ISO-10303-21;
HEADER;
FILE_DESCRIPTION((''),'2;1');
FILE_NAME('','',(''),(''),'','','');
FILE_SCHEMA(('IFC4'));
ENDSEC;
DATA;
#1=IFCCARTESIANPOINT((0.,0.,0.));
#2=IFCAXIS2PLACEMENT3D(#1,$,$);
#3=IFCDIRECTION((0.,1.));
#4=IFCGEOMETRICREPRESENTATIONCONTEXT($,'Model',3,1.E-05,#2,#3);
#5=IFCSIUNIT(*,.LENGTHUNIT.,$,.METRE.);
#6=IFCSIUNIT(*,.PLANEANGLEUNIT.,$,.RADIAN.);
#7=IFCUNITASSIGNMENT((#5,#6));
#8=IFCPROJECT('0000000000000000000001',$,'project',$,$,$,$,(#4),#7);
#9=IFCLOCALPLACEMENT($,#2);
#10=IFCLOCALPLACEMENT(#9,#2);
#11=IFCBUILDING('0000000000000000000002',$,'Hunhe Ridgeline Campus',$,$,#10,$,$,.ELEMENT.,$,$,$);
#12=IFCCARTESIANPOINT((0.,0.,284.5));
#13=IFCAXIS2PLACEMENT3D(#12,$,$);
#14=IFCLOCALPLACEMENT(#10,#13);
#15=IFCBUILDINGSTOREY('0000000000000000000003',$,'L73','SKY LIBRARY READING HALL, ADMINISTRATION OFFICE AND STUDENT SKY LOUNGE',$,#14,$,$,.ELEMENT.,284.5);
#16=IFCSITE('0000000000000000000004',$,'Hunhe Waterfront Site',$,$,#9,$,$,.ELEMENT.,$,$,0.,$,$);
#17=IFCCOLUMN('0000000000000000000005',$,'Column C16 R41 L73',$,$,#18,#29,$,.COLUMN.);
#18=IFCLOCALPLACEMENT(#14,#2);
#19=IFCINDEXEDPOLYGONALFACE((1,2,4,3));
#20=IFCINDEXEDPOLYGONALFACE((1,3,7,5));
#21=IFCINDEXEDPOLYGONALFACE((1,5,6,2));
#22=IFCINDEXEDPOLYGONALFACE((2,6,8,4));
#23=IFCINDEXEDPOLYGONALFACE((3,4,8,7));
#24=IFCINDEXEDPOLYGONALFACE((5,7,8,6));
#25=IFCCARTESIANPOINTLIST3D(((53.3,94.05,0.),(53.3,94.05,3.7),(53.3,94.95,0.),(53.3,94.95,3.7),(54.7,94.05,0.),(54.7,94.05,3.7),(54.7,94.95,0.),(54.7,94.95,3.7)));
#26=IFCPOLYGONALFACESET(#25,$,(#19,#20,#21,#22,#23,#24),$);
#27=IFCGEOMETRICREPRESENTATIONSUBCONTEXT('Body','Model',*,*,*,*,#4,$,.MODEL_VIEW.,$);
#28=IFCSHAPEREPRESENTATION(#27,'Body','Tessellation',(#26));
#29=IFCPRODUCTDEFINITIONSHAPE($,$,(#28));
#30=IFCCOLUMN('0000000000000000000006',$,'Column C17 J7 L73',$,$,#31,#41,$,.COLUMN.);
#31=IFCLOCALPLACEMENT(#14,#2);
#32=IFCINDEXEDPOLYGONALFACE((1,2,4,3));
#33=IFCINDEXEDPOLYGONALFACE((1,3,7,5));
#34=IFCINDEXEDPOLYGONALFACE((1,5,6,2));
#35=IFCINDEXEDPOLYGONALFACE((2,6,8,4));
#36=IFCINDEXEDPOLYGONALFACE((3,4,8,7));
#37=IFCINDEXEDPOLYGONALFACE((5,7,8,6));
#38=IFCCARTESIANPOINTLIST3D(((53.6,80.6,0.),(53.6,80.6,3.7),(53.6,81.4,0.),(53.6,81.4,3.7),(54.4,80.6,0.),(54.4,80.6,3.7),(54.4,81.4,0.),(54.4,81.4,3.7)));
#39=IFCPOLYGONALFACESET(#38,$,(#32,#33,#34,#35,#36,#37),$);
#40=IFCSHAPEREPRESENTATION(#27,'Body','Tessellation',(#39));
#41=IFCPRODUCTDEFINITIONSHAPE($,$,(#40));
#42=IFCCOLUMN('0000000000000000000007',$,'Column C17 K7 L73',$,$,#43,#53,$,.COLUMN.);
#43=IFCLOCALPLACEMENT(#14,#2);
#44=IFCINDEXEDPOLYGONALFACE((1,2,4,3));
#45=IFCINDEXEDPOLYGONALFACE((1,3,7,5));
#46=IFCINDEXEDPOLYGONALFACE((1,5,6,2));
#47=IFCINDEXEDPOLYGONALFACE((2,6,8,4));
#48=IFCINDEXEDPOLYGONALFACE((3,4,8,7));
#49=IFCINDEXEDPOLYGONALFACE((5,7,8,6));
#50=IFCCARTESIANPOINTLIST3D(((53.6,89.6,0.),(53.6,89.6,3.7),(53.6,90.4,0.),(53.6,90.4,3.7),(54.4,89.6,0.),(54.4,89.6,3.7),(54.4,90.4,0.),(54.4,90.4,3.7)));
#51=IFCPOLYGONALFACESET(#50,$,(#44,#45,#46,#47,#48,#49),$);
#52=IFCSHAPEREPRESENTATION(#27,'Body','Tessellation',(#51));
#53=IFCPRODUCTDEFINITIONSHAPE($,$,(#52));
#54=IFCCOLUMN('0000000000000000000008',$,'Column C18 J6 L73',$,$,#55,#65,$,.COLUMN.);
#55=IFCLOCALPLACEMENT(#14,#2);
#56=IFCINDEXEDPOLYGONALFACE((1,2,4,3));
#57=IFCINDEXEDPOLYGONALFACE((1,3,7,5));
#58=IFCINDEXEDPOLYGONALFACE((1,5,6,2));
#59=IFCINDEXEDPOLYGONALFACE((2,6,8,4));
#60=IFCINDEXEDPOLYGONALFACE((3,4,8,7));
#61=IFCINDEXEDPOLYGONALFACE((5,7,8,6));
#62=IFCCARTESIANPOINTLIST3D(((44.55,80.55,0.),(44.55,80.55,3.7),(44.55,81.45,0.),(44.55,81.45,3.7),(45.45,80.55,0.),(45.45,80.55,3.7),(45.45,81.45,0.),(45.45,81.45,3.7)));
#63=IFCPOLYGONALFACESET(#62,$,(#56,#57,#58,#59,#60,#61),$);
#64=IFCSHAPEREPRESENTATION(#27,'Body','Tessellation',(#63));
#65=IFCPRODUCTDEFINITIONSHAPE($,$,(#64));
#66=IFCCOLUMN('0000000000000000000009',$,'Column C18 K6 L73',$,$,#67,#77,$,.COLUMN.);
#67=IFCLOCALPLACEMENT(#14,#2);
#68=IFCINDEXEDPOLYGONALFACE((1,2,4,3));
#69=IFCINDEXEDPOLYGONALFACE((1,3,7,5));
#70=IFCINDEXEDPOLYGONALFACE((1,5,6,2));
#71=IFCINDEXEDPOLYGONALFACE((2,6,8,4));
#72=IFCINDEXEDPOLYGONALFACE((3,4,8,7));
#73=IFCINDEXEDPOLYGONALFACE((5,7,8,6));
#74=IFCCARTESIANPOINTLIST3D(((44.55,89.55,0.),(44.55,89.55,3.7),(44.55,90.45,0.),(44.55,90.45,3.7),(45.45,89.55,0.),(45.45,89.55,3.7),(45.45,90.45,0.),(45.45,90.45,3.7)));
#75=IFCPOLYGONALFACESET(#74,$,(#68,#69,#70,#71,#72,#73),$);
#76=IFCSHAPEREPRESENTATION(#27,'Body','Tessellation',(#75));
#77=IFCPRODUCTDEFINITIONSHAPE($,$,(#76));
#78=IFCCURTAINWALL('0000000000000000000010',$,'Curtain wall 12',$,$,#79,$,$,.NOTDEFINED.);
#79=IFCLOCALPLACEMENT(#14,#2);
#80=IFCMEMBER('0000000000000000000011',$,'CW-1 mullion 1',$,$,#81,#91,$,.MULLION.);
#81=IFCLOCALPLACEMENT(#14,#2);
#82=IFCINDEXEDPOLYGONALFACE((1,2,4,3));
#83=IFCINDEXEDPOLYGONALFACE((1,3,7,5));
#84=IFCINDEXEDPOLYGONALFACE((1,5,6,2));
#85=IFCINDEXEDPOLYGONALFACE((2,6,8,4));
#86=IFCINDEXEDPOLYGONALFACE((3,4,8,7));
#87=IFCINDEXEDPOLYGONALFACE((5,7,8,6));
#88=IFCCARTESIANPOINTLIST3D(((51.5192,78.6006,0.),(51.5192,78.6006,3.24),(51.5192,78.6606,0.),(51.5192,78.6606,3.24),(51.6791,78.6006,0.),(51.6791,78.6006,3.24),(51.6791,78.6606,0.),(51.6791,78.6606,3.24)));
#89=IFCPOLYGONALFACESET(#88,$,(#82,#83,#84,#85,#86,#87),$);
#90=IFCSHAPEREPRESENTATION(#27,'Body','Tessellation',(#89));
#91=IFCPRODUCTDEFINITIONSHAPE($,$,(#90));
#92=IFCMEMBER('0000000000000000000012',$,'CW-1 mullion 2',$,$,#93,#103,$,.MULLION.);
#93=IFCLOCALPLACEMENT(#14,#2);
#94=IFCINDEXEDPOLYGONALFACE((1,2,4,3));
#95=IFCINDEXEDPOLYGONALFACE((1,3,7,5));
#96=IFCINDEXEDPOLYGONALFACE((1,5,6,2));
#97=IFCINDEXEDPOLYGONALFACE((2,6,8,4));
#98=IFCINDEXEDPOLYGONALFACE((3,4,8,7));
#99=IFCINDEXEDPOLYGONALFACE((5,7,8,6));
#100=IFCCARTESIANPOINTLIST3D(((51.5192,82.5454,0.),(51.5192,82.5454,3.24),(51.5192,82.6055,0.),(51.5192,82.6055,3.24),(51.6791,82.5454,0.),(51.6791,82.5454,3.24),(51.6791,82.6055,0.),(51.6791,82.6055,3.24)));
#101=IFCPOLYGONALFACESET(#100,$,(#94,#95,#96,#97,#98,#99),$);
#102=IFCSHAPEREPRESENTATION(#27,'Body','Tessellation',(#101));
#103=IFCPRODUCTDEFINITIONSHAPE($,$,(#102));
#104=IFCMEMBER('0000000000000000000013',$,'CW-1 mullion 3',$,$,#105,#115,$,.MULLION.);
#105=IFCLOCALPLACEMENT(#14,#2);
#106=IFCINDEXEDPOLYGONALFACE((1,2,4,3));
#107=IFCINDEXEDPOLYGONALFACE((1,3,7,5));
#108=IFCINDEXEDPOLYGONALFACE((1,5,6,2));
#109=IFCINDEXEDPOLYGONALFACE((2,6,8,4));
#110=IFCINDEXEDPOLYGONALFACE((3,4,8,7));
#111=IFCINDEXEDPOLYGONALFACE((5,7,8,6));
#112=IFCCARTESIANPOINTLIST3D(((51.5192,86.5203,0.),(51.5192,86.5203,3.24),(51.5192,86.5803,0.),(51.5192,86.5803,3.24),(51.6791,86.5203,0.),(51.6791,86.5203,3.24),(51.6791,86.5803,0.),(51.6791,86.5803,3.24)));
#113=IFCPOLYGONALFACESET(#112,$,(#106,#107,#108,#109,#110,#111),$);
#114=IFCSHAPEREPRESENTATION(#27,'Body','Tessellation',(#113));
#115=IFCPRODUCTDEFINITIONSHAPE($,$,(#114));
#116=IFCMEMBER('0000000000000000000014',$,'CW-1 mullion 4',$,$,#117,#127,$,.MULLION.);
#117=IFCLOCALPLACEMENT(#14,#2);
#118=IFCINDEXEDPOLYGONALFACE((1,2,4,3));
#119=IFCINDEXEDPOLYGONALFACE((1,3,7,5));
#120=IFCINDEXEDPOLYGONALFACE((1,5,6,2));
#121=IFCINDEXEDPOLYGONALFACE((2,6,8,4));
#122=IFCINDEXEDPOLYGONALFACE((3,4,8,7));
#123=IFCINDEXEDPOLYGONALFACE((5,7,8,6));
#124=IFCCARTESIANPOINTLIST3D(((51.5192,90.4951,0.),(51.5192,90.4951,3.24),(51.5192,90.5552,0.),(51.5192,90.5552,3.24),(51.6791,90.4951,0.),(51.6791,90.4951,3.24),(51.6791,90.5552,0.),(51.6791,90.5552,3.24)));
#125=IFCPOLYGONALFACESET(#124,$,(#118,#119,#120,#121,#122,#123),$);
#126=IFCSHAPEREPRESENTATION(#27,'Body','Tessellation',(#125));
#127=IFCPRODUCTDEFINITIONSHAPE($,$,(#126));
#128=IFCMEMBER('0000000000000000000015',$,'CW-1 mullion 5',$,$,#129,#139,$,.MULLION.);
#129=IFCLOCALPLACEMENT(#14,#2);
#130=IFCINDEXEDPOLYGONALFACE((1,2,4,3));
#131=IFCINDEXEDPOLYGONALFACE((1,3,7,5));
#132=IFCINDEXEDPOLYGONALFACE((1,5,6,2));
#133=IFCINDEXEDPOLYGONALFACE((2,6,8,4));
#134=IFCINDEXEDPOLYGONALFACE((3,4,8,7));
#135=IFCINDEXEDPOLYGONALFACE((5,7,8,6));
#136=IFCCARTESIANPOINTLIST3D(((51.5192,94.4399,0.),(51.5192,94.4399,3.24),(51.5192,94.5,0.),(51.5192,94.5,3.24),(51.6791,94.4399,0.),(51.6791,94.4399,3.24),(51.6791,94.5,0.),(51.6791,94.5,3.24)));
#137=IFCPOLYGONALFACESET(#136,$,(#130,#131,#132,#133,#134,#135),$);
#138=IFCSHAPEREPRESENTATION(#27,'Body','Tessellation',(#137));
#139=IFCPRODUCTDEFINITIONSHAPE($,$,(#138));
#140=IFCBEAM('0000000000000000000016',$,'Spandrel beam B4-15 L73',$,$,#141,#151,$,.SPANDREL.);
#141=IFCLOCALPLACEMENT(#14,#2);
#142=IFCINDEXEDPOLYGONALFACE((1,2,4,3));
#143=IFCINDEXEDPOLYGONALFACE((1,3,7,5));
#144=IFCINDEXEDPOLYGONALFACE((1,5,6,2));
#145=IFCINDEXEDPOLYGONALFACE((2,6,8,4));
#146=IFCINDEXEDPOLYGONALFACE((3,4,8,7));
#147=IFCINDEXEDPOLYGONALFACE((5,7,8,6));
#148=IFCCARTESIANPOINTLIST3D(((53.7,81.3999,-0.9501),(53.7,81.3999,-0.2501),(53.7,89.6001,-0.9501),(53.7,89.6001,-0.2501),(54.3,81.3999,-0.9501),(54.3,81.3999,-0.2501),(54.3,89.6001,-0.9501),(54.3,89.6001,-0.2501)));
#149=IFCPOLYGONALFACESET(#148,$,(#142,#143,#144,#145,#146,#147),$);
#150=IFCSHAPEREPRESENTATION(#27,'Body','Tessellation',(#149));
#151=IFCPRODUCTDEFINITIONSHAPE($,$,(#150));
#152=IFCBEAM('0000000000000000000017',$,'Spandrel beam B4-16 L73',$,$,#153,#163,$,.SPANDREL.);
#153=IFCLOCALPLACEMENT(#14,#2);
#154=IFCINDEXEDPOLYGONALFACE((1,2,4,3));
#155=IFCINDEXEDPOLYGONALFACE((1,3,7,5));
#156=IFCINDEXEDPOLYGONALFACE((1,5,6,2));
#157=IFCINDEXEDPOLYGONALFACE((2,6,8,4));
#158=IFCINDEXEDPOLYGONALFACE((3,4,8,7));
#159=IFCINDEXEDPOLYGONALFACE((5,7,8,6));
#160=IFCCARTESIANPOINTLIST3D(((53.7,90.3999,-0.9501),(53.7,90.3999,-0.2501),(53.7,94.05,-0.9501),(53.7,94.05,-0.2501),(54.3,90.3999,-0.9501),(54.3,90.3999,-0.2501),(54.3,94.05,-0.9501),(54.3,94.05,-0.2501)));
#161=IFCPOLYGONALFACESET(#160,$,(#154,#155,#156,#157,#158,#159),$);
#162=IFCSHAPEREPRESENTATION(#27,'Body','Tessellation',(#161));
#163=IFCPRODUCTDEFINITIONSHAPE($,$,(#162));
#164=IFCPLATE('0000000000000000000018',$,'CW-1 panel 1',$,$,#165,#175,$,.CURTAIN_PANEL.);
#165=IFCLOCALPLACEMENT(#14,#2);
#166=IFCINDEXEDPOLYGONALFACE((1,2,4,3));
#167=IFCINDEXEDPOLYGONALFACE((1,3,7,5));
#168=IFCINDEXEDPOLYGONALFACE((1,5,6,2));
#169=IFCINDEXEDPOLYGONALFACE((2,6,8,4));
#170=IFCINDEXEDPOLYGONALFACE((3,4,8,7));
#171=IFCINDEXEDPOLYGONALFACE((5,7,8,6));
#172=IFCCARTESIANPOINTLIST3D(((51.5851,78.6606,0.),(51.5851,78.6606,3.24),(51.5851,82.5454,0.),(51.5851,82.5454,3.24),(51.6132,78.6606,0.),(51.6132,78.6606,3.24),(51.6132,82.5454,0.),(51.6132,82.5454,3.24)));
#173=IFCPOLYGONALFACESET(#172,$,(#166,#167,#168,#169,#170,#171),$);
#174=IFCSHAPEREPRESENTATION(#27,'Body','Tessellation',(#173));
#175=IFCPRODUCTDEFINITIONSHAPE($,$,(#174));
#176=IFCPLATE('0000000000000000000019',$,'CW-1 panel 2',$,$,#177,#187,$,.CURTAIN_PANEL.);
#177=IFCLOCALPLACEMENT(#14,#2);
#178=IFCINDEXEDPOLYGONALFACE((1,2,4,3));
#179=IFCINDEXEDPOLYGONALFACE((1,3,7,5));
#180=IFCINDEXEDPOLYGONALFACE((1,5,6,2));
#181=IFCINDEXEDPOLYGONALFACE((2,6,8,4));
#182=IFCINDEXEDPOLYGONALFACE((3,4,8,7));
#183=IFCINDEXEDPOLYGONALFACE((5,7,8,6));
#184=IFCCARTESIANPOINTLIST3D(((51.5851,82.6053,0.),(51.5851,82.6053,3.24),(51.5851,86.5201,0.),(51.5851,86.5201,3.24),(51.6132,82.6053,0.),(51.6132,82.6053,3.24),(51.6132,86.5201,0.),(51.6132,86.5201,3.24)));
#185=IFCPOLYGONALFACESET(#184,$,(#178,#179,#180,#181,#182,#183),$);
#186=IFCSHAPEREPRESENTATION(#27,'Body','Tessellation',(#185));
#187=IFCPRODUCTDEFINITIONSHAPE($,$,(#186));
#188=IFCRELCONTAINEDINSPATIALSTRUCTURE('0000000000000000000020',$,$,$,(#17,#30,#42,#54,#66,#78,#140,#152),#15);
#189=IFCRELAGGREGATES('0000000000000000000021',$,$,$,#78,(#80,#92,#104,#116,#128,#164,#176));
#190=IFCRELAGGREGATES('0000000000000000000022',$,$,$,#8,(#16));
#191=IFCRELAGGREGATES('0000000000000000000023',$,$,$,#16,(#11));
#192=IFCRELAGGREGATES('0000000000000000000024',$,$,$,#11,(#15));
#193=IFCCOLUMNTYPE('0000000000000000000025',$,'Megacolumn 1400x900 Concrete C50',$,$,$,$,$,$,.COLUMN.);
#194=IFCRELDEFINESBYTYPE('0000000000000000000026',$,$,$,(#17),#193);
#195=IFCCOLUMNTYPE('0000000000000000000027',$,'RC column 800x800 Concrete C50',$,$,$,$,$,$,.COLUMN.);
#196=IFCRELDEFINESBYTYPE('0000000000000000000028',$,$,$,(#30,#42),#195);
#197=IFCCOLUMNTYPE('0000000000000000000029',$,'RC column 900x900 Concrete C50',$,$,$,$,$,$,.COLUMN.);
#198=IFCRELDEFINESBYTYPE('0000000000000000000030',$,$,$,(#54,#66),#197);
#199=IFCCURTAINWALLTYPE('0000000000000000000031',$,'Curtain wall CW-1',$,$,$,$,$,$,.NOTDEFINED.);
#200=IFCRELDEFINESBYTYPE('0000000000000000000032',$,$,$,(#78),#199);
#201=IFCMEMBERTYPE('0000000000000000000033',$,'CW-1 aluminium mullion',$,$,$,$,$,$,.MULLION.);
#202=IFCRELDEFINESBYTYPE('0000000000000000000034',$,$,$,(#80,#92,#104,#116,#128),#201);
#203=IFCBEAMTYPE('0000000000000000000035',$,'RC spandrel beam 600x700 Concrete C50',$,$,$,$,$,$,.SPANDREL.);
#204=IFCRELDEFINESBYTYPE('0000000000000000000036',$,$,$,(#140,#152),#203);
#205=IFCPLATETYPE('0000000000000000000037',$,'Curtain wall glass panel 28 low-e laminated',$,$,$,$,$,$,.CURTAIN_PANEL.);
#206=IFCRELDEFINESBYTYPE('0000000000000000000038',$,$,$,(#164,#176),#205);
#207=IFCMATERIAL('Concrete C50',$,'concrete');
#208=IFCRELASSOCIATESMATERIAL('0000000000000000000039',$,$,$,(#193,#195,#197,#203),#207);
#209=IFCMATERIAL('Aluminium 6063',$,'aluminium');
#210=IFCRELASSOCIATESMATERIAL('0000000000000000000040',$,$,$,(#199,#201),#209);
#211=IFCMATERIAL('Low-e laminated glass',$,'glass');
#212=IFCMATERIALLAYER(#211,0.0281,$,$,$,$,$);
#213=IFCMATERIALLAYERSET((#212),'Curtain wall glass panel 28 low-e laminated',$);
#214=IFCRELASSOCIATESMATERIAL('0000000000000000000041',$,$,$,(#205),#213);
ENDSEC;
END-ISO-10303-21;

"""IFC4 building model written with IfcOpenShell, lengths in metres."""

from ifc_helpers import new_model, si_unit, direction, frame, origin, origin_2d, place, context, subcontext, project, spatial, rectangle, extrude, material, layer, layer_set, material_profile, profile_set, type_object, element, aggregate, save


model = new_model("IFC4")

# Units and contexts
model_context = context("Model", 3, precision=1e-05, world=origin(), true_north=direction((0.0, 1.0)))
body_context = subcontext(model_context, "Body", "Model", "MODEL_VIEW")
ifc_project = project(units=[si_unit("LENGTHUNIT", "METRE"), si_unit("PLANEANGLEUNIT", "RADIAN")], contexts=[model_context])

# Site, building, storey
site_placement = place(None, origin())
site = spatial("IfcSite", under=ifc_project, at=site_placement, Name="Hunhe Waterfront Site", CompositionType="ELEMENT", RefElevation=0.0)
building_placement = place(site_placement, origin())
building = spatial("IfcBuilding", under=site, at=building_placement, Name="Hunhe Ridgeline Campus", CompositionType="ELEMENT")
storey_placement = place(building_placement, frame((0.0, 0.0, 284.5)))
storey = spatial("IfcBuildingStorey", under=building, at=storey_placement, Name="L73", Description="SKY LIBRARY READING HALL, ADMINISTRATION OFFICE AND STUDENT SKY LOUNGE", CompositionType="ELEMENT", Elevation=284.5)

# Columns
ifc_material_1 = material(Name="Concrete C50", Category="concrete")
ifc_material_profile_1 = material_profile(ifc_material_1, rectangle(XDim=1.3999, YDim=0.8999, at=origin_2d()))
ifc_profile_set_1 = profile_set([ifc_material_profile_1], Name="Concrete C50")
column_type_1 = type_object("IfcColumnType", Name="Megacolumn 1400x900 Concrete C50", PredefinedType="COLUMN", material=ifc_profile_set_1)
column_placement = place(storey_placement, frame((54.0, 94.5, 0.0), z_axis=(0.0, 0.0, 1.0), x_axis=(1.0, 0.0, 0.0)))
element("IfcColumn", 1, at=column_placement, inside=storey, type_object=column_type_1, Name="Column C16 R41 L73", PredefinedType="COLUMN", context=body_context, shape_type="SweptSolid", body=[
    extrude(rectangle(XDim=1.3999, YDim=0.8999, at=origin_2d()), origin(), (0.0, 0.0, 1.0), 3.7),
])
ifc_material_profile_2 = material_profile(ifc_material_1, rectangle(XDim=0.8, YDim=0.8, at=origin_2d()))
ifc_profile_set_2 = profile_set([ifc_material_profile_2], Name="Concrete C50")
column_type_2 = type_object("IfcColumnType", Name="RC column 800x800 Concrete C50", PredefinedType="COLUMN", material=ifc_profile_set_2)
for number, where, z_axis, x_axis, name in (
    (2, (54.0, 81.0, 0.0), (0.0, 0.0, 1.0), (1.0, 0.0, 0.0), "Column C17 J7 L73"),
    (3, (54.0, 90.0, 0.0), (0.0, 0.0, 1.0), (1.0, 0.0, 0.0), "Column C17 K7 L73"),
):
    element("IfcColumn", number, at=place(storey_placement, frame(where, z_axis=z_axis, x_axis=x_axis)), inside=storey, type_object=column_type_2, Name=name, PredefinedType="COLUMN", context=body_context, shape_type="SweptSolid", body=[
        extrude(rectangle(XDim=0.8, YDim=0.8, at=origin_2d()), origin(), (0.0, 0.0, 1.0), 3.7),
    ])
ifc_material_profile_3 = material_profile(ifc_material_1, rectangle(XDim=0.8999, YDim=0.8999, at=origin_2d()))
ifc_profile_set_3 = profile_set([ifc_material_profile_3], Name="Concrete C50")
column_type_3 = type_object("IfcColumnType", Name="RC column 900x900 Concrete C50", PredefinedType="COLUMN", material=ifc_profile_set_3)
for number, where, z_axis, x_axis, name in (
    (4, (45.0, 81.0, 0.0), (0.0, 0.0, 1.0), (1.0, 0.0, 0.0), "Column C18 J6 L73"),
    (5, (45.0, 90.0, 0.0), (0.0, 0.0, 1.0), (1.0, 0.0, 0.0), "Column C18 K6 L73"),
):
    element("IfcColumn", number, at=place(storey_placement, frame(where, z_axis=z_axis, x_axis=x_axis)), inside=storey, type_object=column_type_3, Name=name, PredefinedType="COLUMN", context=body_context, shape_type="SweptSolid", body=[
        extrude(rectangle(XDim=0.8999, YDim=0.8999, at=origin_2d()), origin(), (0.0, 0.0, 1.0), 3.7),
    ])

# Curtain wall, members
ifc_material_2 = material(Name="Aluminium 6063", Category="aluminium")
curtain_wall_type = type_object("IfcCurtainWallType", Name="Curtain wall CW-1", PredefinedType="NOTDEFINED", material=ifc_material_2)
curtain_wall_placement = place(storey_placement, origin())
curtain_wall = element("IfcCurtainWall", 6, at=curtain_wall_placement, inside=storey, type_object=curtain_wall_type, Name="Curtain wall 12", PredefinedType="NOTDEFINED")
ifc_material_profile_4 = material_profile(ifc_material_2, rectangle(XDim=0.1599, YDim=0.0601, at=origin_2d()))
ifc_profile_set_4 = profile_set([ifc_material_profile_4], Name="Aluminium 6063")
member_type = type_object("IfcMemberType", Name="CW-1 aluminium mullion", PredefinedType="MULLION", material=ifc_profile_set_4)
member_1_placement = place(storey_placement, frame((51.5991, 78.6306, 0.0), z_axis=(0.0, 0.0, 1.0), x_axis=(-1.0, 0.0, 0.0)))
member_1 = element("IfcMember", 7, at=member_1_placement, type_object=member_type, Name="CW-1 mullion 1", PredefinedType="MULLION", context=body_context, shape_type="SweptSolid", body=[
    extrude(rectangle(XDim=0.1599, YDim=0.0601, at=origin_2d()), origin(), (0.0, 0.0, 1.0), 3.24),
])
member_2_placement = place(storey_placement, frame((51.5991, 82.5754, 0.0), z_axis=(0.0, 0.0, 1.0), x_axis=(-1.0, 0.0, 0.0)))
member_2 = element("IfcMember", 8, at=member_2_placement, type_object=member_type, Name="CW-1 mullion 2", PredefinedType="MULLION", context=body_context, shape_type="SweptSolid", body=[
    extrude(rectangle(XDim=0.1599, YDim=0.0601, at=origin_2d()), origin(), (0.0, 0.0, 1.0), 3.24),
])
member_3_placement = place(storey_placement, frame((51.5991, 86.5503, 0.0), z_axis=(0.0, 0.0, 1.0), x_axis=(-1.0, 0.0, 0.0)))
member_3 = element("IfcMember", 9, at=member_3_placement, type_object=member_type, Name="CW-1 mullion 3", PredefinedType="MULLION", context=body_context, shape_type="SweptSolid", body=[
    extrude(rectangle(XDim=0.1599, YDim=0.0601, at=origin_2d()), origin(), (0.0, 0.0, 1.0), 3.24),
])
member_4_placement = place(storey_placement, frame((51.5991, 90.5251, 0.0), z_axis=(0.0, 0.0, 1.0), x_axis=(-1.0, 0.0, 0.0)))
member_4 = element("IfcMember", 10, at=member_4_placement, type_object=member_type, Name="CW-1 mullion 4", PredefinedType="MULLION", context=body_context, shape_type="SweptSolid", body=[
    extrude(rectangle(XDim=0.1599, YDim=0.0601, at=origin_2d()), origin(), (0.0, 0.0, 1.0), 3.24),
])
member_5_placement = place(storey_placement, frame((51.5991, 94.47, 0.0), z_axis=(0.0, 0.0, 1.0), x_axis=(-1.0, 0.0, 0.0)))
member_5 = element("IfcMember", 11, at=member_5_placement, type_object=member_type, Name="CW-1 mullion 5", PredefinedType="MULLION", context=body_context, shape_type="SweptSolid", body=[
    extrude(rectangle(XDim=0.1599, YDim=0.0601, at=origin_2d()), origin(), (0.0, 0.0, 1.0), 3.24),
])

# Beams
ifc_material_profile_5 = material_profile(ifc_material_1, rectangle(XDim=0.6001, YDim=0.7, at=origin_2d()))
ifc_profile_set_5 = profile_set([ifc_material_profile_5], Name="Concrete C50")
beam_type = type_object("IfcBeamType", Name="RC spandrel beam 600x700 Concrete C50", PredefinedType="SPANDREL", material=ifc_profile_set_5)
beam_1_placement = place(storey_placement, frame((54.0, 81.3999, -0.6001), z_axis=(0.0, 1.0, 0.0), x_axis=(-1.0, 0.0, 0.0)))
element("IfcBeam", 12, at=beam_1_placement, inside=storey, type_object=beam_type, Name="Spandrel beam B4-15 L73", PredefinedType="SPANDREL", context=body_context, shape_type="SweptSolid", body=[
    extrude(rectangle(XDim=0.6001, YDim=0.7, at=origin_2d()), origin(), (0.0, 0.0, 1.0), 8.2002),
])
beam_2_placement = place(storey_placement, frame((54.0, 90.3999, -0.6001), z_axis=(0.0, 1.0, 0.0), x_axis=(-1.0, 0.0, 0.0)))
element("IfcBeam", 13, at=beam_2_placement, inside=storey, type_object=beam_type, Name="Spandrel beam B4-16 L73", PredefinedType="SPANDREL", context=body_context, shape_type="SweptSolid", body=[
    extrude(rectangle(XDim=0.6001, YDim=0.7, at=origin_2d()), origin(), (0.0, 0.0, 1.0), 3.6501),
])

# Plates
ifc_material_3 = material(Name="Low-e laminated glass", Category="glass")
ifc_layer_1 = layer(ifc_material_3, 0.0281)
ifc_layer_set_1 = layer_set([ifc_layer_1], Name="Curtain wall glass panel 28 low-e laminated")
plate_type = type_object("IfcPlateType", Name="Curtain wall glass panel 28 low-e laminated", PredefinedType="CURTAIN_PANEL", material=ifc_layer_set_1)
plate_1_placement = place(storey_placement, frame((51.5991, 80.603, 0.0), z_axis=(0.0, 0.0, 1.0), x_axis=(0.0, 1.0, 0.0)))
plate_1 = element("IfcPlate", 14, at=plate_1_placement, type_object=plate_type, Name="CW-1 panel 1", PredefinedType="CURTAIN_PANEL", context=body_context, shape_type="SweptSolid", body=[
    extrude(rectangle(XDim=3.8848, YDim=0.0281, at=origin_2d()), origin(), (0.0, 0.0, 1.0), 3.24),
])
plate_2_placement = place(storey_placement, frame((51.5991, 84.5627, 0.0), z_axis=(0.0, 0.0, 1.0), x_axis=(0.0, 1.0, 0.0)))
plate_2 = element("IfcPlate", 15, at=plate_2_placement, type_object=plate_type, Name="CW-1 panel 2", PredefinedType="CURTAIN_PANEL", context=body_context, shape_type="SweptSolid", body=[
    extrude(rectangle(XDim=3.9148, YDim=0.0281, at=origin_2d()), origin(), (0.0, 0.0, 1.0), 3.24),
])
aggregate(curtain_wall, [member_1, member_2, member_3, member_4, member_5, plate_1, plate_2])

save(model, "model.ifc")
